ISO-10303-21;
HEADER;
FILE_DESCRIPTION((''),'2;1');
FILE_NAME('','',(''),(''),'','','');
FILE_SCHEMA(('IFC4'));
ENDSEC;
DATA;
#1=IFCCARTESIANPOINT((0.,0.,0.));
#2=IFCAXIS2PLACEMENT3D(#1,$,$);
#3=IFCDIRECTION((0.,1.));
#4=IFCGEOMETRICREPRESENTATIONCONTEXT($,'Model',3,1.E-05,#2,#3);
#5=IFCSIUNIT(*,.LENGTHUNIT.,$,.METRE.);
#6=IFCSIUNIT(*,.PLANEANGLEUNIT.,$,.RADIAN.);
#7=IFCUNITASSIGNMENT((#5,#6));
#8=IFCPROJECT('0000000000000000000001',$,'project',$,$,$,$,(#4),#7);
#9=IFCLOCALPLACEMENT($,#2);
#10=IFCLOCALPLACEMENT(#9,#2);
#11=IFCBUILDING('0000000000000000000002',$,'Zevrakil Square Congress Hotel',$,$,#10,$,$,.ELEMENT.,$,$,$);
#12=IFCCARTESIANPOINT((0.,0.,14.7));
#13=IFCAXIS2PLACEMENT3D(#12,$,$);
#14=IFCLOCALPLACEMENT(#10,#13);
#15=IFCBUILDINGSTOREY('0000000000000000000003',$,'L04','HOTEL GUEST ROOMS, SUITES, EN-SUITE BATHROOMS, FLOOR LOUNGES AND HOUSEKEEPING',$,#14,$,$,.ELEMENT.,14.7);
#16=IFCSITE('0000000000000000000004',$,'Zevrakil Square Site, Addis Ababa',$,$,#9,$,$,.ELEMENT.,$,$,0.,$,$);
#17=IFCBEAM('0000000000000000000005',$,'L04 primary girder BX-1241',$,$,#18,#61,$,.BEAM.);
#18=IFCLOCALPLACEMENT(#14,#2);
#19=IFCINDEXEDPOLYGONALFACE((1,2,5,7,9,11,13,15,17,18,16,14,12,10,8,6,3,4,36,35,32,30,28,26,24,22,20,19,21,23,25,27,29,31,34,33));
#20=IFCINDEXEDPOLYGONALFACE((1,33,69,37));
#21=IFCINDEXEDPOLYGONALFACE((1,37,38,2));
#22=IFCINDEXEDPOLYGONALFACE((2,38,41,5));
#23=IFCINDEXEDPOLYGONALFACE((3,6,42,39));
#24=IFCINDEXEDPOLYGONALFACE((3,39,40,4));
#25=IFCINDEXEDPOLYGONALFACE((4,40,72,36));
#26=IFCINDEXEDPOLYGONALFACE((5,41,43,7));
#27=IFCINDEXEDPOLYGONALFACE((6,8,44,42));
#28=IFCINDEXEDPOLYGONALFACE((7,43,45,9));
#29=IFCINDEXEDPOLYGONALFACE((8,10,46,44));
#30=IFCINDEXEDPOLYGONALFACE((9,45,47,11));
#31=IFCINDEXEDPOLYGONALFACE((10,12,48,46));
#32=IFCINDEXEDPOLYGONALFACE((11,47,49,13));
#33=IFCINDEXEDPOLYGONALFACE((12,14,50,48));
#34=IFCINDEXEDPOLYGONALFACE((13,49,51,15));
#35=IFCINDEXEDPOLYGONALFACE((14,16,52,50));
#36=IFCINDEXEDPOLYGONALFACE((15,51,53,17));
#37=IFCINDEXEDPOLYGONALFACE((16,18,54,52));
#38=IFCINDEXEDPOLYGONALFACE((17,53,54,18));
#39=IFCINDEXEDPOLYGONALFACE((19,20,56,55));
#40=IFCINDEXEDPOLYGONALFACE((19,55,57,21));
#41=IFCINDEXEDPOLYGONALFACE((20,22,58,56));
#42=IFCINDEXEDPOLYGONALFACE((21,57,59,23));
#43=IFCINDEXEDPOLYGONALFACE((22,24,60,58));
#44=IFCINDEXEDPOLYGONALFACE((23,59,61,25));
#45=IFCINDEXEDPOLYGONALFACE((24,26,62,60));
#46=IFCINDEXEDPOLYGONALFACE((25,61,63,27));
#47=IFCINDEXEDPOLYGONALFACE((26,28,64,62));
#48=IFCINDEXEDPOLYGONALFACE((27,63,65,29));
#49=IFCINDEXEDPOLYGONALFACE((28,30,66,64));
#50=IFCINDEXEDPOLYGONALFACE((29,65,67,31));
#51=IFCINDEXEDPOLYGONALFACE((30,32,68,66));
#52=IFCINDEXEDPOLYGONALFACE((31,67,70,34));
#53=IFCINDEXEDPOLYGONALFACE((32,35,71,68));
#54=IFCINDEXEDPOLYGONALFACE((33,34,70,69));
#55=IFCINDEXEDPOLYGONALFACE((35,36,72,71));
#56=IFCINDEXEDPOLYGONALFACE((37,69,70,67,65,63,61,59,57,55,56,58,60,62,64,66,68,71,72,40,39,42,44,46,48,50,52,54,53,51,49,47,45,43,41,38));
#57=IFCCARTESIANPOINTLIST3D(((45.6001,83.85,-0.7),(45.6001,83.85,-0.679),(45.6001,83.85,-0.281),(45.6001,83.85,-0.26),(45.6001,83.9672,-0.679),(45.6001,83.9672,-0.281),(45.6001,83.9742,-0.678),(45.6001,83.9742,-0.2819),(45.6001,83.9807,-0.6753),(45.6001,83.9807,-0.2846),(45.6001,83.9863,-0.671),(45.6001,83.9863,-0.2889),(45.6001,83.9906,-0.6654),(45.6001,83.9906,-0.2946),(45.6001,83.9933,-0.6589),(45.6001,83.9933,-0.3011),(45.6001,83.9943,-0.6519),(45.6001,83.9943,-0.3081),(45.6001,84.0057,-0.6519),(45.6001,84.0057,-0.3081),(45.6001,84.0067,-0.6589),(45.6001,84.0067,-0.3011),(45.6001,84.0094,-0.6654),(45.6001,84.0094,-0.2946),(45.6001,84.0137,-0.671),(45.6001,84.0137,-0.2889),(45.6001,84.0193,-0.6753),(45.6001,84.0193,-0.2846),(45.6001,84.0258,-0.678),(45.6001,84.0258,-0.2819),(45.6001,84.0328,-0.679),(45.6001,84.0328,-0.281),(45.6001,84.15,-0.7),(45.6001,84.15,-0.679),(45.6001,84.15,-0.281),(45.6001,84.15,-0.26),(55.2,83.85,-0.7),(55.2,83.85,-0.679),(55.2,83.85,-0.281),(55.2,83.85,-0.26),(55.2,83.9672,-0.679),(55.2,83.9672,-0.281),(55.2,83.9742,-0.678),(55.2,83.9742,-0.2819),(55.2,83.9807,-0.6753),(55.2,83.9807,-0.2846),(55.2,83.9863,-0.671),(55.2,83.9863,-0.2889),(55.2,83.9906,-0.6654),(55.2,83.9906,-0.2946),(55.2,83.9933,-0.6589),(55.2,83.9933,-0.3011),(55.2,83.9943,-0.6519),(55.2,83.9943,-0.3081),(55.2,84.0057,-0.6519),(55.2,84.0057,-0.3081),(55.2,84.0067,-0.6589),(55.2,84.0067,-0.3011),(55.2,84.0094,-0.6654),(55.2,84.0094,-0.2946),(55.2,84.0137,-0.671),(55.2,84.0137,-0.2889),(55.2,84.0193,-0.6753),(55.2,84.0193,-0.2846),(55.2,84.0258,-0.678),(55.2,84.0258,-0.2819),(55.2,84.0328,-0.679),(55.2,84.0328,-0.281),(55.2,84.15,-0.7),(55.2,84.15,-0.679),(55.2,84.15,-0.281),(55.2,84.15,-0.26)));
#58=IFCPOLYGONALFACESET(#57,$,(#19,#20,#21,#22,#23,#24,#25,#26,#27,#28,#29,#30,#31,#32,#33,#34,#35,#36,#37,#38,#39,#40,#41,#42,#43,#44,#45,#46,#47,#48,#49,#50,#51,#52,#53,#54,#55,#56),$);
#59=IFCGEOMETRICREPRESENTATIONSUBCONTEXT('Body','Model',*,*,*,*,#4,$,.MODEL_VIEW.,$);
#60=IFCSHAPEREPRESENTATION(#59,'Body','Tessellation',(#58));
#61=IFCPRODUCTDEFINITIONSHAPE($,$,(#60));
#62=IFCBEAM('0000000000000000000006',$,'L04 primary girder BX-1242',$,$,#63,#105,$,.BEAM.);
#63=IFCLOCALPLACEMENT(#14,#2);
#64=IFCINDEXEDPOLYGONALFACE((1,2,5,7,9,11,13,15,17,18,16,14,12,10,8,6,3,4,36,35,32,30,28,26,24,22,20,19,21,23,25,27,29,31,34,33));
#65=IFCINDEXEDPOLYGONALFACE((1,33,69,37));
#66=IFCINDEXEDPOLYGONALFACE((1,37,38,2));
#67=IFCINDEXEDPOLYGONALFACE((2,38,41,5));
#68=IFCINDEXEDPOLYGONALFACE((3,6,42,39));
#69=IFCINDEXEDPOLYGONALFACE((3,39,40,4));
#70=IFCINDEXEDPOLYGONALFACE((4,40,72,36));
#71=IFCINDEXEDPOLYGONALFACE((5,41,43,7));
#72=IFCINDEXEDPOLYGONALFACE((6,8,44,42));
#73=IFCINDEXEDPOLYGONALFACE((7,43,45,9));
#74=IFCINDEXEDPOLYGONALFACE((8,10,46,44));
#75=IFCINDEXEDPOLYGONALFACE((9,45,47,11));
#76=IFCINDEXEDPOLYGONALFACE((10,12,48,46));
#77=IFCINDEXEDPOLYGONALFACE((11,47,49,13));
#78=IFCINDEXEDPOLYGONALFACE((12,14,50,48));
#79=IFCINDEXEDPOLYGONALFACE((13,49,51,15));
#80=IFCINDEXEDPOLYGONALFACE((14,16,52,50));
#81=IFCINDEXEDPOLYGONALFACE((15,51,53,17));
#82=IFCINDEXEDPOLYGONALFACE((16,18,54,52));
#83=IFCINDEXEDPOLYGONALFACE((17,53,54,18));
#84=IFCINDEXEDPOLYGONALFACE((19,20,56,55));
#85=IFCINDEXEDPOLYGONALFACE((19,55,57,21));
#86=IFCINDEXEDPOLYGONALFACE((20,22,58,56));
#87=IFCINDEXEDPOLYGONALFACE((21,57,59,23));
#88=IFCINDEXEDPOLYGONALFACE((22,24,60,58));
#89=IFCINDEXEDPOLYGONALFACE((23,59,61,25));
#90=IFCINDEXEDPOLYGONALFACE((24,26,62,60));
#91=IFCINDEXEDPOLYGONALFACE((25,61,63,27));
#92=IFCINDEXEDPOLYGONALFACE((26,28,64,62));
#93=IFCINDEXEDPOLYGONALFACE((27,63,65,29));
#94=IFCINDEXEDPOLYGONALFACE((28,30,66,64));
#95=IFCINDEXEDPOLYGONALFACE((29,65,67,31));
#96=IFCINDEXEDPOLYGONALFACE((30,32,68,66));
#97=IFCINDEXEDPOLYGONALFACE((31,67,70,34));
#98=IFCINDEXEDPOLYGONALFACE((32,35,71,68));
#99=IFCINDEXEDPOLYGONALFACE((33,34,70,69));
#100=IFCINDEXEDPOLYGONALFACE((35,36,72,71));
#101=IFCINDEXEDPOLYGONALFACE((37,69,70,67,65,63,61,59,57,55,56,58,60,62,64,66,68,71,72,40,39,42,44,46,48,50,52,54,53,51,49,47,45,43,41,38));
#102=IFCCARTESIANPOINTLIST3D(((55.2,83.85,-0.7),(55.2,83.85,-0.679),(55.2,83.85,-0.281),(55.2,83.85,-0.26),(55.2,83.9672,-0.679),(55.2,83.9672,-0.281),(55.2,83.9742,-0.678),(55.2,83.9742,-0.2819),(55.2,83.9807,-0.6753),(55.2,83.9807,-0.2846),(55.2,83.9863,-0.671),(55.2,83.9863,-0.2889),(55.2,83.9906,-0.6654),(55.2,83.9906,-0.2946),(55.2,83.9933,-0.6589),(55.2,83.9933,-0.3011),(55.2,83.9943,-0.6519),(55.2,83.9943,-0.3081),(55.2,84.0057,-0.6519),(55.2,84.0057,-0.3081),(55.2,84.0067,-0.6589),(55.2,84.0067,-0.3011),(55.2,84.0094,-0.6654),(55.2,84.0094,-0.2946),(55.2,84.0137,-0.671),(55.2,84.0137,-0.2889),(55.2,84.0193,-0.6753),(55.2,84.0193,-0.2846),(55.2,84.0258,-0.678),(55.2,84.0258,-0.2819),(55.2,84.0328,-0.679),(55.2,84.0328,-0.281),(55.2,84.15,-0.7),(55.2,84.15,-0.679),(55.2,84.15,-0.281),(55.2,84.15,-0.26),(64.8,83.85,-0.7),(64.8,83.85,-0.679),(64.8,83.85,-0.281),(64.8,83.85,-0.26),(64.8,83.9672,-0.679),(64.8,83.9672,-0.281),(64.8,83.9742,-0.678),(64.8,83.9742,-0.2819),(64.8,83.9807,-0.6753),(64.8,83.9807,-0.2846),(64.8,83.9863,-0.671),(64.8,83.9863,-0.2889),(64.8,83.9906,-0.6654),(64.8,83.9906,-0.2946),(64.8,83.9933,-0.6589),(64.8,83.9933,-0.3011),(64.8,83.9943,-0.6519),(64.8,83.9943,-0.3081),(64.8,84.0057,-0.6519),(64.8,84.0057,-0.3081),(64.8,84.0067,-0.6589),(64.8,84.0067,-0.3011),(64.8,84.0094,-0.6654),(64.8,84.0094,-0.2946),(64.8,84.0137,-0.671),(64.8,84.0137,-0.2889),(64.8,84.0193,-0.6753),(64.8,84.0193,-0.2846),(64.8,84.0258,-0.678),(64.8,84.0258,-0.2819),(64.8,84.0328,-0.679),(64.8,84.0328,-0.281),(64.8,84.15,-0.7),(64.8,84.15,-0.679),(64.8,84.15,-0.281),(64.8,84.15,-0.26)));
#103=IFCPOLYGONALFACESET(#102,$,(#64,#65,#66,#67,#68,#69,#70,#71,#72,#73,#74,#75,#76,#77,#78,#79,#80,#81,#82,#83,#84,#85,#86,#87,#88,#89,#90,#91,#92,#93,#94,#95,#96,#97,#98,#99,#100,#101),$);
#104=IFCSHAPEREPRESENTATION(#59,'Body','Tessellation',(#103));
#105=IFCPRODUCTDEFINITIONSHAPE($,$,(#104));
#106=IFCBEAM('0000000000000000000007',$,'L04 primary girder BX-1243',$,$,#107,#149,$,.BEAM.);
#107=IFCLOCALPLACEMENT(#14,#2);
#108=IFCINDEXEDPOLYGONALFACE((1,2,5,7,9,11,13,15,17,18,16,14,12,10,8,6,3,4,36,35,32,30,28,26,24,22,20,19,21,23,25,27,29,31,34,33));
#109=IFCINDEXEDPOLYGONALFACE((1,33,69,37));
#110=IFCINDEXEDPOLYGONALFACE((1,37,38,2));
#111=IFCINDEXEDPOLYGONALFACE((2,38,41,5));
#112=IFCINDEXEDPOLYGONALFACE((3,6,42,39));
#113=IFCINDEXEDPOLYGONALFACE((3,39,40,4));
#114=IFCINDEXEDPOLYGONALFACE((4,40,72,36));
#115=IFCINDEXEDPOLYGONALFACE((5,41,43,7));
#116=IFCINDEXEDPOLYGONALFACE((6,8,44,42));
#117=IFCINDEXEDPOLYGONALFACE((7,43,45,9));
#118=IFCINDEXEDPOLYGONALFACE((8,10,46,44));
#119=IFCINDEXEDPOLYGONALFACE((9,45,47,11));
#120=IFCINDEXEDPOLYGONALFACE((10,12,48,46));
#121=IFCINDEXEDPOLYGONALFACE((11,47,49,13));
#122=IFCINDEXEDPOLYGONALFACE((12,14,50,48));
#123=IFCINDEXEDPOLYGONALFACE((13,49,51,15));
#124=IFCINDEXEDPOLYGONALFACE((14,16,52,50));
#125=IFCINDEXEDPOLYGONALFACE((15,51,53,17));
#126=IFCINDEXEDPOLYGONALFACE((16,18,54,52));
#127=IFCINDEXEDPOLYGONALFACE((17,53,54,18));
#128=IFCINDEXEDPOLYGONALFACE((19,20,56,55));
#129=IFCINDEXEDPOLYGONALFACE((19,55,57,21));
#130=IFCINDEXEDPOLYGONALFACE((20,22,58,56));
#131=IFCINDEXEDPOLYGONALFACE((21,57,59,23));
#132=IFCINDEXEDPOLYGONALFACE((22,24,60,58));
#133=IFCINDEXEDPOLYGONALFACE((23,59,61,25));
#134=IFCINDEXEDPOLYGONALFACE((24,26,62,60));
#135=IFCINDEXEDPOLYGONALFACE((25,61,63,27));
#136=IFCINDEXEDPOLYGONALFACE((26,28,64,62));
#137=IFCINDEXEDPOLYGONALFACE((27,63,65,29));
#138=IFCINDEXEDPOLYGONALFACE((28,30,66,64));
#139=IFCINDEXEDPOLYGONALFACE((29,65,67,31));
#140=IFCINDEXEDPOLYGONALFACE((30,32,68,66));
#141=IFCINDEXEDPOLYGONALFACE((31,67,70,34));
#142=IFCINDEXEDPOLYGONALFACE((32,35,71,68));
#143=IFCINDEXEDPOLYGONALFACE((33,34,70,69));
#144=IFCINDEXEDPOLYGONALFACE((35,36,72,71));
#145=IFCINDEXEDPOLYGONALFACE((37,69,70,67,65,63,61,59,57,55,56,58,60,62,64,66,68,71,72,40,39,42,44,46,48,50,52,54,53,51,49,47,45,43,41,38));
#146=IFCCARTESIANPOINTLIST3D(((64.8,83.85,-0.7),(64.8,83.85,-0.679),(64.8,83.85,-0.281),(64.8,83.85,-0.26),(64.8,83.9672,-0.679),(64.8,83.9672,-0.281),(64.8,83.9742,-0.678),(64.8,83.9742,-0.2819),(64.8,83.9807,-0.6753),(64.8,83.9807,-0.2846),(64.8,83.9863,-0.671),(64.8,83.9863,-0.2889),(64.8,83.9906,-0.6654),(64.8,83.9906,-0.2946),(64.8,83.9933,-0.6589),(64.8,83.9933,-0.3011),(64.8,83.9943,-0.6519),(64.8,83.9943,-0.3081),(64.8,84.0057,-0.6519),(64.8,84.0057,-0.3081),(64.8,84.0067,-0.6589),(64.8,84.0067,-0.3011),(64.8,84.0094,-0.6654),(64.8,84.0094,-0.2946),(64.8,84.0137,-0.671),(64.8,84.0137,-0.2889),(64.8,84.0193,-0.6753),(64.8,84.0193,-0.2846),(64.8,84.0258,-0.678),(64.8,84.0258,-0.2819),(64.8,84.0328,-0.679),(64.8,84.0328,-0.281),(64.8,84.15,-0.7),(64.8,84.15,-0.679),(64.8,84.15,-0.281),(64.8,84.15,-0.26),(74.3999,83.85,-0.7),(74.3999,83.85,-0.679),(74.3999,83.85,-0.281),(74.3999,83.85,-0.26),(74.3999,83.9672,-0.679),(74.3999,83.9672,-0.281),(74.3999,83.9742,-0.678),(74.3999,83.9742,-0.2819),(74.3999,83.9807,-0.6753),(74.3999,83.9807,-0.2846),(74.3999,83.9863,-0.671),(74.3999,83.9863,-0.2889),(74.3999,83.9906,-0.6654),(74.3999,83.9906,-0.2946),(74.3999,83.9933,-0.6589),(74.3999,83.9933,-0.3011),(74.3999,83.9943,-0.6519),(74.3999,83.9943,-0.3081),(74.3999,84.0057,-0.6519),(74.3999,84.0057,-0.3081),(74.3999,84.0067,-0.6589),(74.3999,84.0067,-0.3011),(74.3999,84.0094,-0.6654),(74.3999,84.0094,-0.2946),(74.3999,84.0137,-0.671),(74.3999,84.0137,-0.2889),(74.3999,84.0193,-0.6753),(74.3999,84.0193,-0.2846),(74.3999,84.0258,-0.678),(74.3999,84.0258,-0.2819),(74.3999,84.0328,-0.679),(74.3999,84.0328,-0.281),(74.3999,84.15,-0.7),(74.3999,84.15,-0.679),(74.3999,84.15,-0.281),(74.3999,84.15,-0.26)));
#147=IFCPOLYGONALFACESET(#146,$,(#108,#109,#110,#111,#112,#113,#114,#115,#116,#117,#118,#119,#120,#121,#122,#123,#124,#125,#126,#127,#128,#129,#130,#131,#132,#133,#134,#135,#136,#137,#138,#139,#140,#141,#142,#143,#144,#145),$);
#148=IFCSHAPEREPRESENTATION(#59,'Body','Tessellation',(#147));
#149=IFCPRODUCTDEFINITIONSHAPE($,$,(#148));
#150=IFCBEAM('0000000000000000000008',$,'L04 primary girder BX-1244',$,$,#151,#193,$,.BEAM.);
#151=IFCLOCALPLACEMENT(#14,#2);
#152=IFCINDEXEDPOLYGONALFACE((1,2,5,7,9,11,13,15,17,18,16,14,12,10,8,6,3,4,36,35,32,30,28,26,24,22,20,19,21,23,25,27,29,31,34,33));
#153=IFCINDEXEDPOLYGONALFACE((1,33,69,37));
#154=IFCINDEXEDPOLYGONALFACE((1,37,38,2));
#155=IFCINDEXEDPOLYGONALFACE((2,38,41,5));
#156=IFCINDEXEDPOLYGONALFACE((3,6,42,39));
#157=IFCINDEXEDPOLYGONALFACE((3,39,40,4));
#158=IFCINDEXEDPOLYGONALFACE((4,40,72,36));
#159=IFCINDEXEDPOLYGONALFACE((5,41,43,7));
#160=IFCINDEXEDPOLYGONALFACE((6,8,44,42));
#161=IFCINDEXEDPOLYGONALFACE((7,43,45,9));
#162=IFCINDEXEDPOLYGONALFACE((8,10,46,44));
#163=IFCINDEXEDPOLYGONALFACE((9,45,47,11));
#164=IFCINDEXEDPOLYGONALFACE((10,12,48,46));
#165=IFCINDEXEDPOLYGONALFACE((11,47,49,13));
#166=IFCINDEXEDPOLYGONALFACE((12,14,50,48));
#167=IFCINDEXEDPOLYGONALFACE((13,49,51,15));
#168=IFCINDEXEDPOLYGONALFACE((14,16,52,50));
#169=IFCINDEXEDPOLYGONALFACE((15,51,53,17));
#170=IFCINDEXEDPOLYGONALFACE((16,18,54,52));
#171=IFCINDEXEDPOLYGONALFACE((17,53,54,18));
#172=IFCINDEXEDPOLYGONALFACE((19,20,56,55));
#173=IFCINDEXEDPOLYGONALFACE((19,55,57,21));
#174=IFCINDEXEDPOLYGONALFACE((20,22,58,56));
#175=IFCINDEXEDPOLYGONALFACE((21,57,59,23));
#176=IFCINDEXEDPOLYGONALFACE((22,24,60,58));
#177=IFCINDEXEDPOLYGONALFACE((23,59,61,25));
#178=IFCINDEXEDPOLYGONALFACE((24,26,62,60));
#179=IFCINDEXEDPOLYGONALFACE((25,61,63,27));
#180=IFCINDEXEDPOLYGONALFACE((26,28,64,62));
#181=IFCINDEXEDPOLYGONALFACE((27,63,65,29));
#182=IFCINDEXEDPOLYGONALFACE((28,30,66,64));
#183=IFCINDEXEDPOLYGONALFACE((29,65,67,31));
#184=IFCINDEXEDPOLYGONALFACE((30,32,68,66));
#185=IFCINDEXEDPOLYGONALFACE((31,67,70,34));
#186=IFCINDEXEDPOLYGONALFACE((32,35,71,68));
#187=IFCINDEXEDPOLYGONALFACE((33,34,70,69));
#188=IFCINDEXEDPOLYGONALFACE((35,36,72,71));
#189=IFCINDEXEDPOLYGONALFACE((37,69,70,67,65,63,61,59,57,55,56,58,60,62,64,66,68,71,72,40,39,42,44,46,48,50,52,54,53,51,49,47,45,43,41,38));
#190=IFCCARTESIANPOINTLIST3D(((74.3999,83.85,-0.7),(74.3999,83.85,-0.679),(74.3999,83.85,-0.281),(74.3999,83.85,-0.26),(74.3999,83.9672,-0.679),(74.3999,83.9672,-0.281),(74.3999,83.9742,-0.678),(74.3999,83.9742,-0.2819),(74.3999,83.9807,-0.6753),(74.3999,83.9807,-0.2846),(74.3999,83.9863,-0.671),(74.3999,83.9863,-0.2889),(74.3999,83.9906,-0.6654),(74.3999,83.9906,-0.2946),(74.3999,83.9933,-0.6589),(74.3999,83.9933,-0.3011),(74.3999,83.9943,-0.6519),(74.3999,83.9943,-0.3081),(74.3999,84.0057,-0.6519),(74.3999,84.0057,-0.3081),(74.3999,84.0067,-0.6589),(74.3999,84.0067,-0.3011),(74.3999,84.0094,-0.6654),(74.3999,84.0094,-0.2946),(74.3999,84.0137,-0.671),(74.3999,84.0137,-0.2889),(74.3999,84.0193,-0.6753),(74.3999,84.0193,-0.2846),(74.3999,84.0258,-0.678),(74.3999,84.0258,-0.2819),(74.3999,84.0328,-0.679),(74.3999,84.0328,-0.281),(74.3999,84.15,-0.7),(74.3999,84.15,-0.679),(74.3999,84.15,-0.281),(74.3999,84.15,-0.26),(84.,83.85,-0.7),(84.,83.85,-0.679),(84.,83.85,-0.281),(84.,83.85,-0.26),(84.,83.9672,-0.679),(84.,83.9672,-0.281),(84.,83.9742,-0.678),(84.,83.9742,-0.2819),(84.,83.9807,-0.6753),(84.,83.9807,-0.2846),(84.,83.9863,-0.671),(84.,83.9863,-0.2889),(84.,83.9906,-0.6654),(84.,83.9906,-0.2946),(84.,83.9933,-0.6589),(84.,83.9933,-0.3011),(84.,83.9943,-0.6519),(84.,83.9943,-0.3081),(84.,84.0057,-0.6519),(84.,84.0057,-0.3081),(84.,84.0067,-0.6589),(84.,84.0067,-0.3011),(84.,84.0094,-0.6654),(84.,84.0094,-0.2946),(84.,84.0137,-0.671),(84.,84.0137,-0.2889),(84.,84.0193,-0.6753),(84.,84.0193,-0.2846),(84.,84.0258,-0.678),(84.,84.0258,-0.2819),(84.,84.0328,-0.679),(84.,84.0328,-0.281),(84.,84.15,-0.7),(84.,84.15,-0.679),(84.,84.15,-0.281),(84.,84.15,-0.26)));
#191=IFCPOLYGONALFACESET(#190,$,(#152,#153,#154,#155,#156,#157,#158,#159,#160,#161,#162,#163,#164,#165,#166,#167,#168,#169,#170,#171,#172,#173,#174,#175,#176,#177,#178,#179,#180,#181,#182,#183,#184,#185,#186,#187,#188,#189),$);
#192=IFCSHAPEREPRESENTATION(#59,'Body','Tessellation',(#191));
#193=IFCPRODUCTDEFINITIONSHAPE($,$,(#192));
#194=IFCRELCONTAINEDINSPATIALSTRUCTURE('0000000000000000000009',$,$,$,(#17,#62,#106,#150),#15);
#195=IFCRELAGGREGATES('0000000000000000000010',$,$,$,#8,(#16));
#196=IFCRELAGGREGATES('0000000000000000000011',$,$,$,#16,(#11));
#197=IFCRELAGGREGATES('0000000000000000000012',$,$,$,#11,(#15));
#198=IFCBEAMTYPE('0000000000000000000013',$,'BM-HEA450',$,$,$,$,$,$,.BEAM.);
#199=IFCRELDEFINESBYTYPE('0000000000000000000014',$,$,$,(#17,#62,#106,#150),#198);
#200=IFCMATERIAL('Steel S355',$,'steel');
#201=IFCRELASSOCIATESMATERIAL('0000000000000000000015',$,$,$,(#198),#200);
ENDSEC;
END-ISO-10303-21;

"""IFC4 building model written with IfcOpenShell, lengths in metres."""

from ifc_helpers import new_model, si_unit, direction, frame, origin, origin_2d, place, context, subcontext, project, spatial, i_section, extrude, material, material_profile, profile_set, type_object, element, save


model = new_model("IFC4")

# Units and contexts
model_context = context("Model", 3, precision=1e-05, world=origin(), true_north=direction((0.0, 1.0)))
body_context = subcontext(model_context, "Body", "Model", "MODEL_VIEW")
ifc_project = project(units=[si_unit("LENGTHUNIT", "METRE"), si_unit("PLANEANGLEUNIT", "RADIAN")], contexts=[model_context])

# Site, building, storey
site_placement = place(None, origin())
site = spatial("IfcSite", under=ifc_project, at=site_placement, Name="Zevrakil Square Site, Addis Ababa", CompositionType="ELEMENT", RefElevation=0.0)
building_placement = place(site_placement, origin())
building = spatial("IfcBuilding", under=site, at=building_placement, Name="Zevrakil Square Congress Hotel", CompositionType="ELEMENT")
storey_placement = place(building_placement, frame((0.0, 0.0, 14.7)))
storey = spatial("IfcBuildingStorey", under=building, at=storey_placement, Name="L04", Description="HOTEL GUEST ROOMS, SUITES, EN-SUITE BATHROOMS, FLOOR LOUNGES AND HOUSEKEEPING", CompositionType="ELEMENT", Elevation=14.7)

# Beams
ifc_material_1 = material(Name="Steel S355", Category="steel")
ifc_material_profile_1 = material_profile(ifc_material_1, i_section(OverallWidth=0.3, OverallDepth=0.4399, WebThickness=0.0115, FlangeThickness=0.021, FilletRadius=0.0271, at=origin_2d()), Name="HEA 450")
ifc_profile_set_1 = profile_set([ifc_material_profile_1], Name="Steel S355")
beam_type_1 = type_object("IfcBeamType", Name="BM-HEA450", PredefinedType="BEAM", material=ifc_profile_set_1)
beam_1_placement = place(storey_placement, frame((45.6001, 84.0, -0.48), z_axis=(1.0, 0.0, 0.0), x_axis=(0.0, 1.0, 0.0)))
element("IfcBeam", 1, at=beam_1_placement, inside=storey, type_object=beam_type_1, Name="L04 primary girder BX-1241", PredefinedType="BEAM", context=body_context, shape_type="SweptSolid", body=[
    extrude(i_section(OverallWidth=0.3, OverallDepth=0.4399, WebThickness=0.0115, FlangeThickness=0.021, FilletRadius=0.0271, at=origin_2d()), origin(), (0.0, 0.0, 1.0), 9.5999),
])
beam_2_placement = place(storey_placement, frame((55.2, 84.0, -0.48), z_axis=(1.0, 0.0, 0.0), x_axis=(0.0, 1.0, 0.0)))
element("IfcBeam", 2, at=beam_2_placement, inside=storey, type_object=beam_type_1, Name="L04 primary girder BX-1242", PredefinedType="BEAM", context=body_context, shape_type="SweptSolid", body=[
    extrude(i_section(OverallWidth=0.3, OverallDepth=0.4399, WebThickness=0.0115, FlangeThickness=0.021, FilletRadius=0.0271, at=origin_2d()), origin(), (0.0, 0.0, 1.0), 9.6001),
])
beam_3_placement = place(storey_placement, frame((64.8, 84.0, -0.48), z_axis=(1.0, 0.0, 0.0), x_axis=(0.0, 1.0, 0.0)))
element("IfcBeam", 3, at=beam_3_placement, inside=storey, type_object=beam_type_1, Name="L04 primary girder BX-1243", PredefinedType="BEAM", context=body_context, shape_type="SweptSolid", body=[
    extrude(i_section(OverallWidth=0.3, OverallDepth=0.4399, WebThickness=0.0115, FlangeThickness=0.021, FilletRadius=0.0271, at=origin_2d()), origin(), (0.0, 0.0, 1.0), 9.5999),
])
beam_4_placement = place(storey_placement, frame((74.3999, 84.0, -0.48), z_axis=(1.0, 0.0, 0.0), x_axis=(0.0, 1.0, 0.0)))
element("IfcBeam", 4, at=beam_4_placement, inside=storey, type_object=beam_type_1, Name="L04 primary girder BX-1244", PredefinedType="BEAM", context=body_context, shape_type="SweptSolid", body=[
    extrude(i_section(OverallWidth=0.3, OverallDepth=0.4399, WebThickness=0.0115, FlangeThickness=0.021, FilletRadius=0.0271, at=origin_2d()), origin(), (0.0, 0.0, 1.0), 9.6001),
])

save(model, "model.ifc")
